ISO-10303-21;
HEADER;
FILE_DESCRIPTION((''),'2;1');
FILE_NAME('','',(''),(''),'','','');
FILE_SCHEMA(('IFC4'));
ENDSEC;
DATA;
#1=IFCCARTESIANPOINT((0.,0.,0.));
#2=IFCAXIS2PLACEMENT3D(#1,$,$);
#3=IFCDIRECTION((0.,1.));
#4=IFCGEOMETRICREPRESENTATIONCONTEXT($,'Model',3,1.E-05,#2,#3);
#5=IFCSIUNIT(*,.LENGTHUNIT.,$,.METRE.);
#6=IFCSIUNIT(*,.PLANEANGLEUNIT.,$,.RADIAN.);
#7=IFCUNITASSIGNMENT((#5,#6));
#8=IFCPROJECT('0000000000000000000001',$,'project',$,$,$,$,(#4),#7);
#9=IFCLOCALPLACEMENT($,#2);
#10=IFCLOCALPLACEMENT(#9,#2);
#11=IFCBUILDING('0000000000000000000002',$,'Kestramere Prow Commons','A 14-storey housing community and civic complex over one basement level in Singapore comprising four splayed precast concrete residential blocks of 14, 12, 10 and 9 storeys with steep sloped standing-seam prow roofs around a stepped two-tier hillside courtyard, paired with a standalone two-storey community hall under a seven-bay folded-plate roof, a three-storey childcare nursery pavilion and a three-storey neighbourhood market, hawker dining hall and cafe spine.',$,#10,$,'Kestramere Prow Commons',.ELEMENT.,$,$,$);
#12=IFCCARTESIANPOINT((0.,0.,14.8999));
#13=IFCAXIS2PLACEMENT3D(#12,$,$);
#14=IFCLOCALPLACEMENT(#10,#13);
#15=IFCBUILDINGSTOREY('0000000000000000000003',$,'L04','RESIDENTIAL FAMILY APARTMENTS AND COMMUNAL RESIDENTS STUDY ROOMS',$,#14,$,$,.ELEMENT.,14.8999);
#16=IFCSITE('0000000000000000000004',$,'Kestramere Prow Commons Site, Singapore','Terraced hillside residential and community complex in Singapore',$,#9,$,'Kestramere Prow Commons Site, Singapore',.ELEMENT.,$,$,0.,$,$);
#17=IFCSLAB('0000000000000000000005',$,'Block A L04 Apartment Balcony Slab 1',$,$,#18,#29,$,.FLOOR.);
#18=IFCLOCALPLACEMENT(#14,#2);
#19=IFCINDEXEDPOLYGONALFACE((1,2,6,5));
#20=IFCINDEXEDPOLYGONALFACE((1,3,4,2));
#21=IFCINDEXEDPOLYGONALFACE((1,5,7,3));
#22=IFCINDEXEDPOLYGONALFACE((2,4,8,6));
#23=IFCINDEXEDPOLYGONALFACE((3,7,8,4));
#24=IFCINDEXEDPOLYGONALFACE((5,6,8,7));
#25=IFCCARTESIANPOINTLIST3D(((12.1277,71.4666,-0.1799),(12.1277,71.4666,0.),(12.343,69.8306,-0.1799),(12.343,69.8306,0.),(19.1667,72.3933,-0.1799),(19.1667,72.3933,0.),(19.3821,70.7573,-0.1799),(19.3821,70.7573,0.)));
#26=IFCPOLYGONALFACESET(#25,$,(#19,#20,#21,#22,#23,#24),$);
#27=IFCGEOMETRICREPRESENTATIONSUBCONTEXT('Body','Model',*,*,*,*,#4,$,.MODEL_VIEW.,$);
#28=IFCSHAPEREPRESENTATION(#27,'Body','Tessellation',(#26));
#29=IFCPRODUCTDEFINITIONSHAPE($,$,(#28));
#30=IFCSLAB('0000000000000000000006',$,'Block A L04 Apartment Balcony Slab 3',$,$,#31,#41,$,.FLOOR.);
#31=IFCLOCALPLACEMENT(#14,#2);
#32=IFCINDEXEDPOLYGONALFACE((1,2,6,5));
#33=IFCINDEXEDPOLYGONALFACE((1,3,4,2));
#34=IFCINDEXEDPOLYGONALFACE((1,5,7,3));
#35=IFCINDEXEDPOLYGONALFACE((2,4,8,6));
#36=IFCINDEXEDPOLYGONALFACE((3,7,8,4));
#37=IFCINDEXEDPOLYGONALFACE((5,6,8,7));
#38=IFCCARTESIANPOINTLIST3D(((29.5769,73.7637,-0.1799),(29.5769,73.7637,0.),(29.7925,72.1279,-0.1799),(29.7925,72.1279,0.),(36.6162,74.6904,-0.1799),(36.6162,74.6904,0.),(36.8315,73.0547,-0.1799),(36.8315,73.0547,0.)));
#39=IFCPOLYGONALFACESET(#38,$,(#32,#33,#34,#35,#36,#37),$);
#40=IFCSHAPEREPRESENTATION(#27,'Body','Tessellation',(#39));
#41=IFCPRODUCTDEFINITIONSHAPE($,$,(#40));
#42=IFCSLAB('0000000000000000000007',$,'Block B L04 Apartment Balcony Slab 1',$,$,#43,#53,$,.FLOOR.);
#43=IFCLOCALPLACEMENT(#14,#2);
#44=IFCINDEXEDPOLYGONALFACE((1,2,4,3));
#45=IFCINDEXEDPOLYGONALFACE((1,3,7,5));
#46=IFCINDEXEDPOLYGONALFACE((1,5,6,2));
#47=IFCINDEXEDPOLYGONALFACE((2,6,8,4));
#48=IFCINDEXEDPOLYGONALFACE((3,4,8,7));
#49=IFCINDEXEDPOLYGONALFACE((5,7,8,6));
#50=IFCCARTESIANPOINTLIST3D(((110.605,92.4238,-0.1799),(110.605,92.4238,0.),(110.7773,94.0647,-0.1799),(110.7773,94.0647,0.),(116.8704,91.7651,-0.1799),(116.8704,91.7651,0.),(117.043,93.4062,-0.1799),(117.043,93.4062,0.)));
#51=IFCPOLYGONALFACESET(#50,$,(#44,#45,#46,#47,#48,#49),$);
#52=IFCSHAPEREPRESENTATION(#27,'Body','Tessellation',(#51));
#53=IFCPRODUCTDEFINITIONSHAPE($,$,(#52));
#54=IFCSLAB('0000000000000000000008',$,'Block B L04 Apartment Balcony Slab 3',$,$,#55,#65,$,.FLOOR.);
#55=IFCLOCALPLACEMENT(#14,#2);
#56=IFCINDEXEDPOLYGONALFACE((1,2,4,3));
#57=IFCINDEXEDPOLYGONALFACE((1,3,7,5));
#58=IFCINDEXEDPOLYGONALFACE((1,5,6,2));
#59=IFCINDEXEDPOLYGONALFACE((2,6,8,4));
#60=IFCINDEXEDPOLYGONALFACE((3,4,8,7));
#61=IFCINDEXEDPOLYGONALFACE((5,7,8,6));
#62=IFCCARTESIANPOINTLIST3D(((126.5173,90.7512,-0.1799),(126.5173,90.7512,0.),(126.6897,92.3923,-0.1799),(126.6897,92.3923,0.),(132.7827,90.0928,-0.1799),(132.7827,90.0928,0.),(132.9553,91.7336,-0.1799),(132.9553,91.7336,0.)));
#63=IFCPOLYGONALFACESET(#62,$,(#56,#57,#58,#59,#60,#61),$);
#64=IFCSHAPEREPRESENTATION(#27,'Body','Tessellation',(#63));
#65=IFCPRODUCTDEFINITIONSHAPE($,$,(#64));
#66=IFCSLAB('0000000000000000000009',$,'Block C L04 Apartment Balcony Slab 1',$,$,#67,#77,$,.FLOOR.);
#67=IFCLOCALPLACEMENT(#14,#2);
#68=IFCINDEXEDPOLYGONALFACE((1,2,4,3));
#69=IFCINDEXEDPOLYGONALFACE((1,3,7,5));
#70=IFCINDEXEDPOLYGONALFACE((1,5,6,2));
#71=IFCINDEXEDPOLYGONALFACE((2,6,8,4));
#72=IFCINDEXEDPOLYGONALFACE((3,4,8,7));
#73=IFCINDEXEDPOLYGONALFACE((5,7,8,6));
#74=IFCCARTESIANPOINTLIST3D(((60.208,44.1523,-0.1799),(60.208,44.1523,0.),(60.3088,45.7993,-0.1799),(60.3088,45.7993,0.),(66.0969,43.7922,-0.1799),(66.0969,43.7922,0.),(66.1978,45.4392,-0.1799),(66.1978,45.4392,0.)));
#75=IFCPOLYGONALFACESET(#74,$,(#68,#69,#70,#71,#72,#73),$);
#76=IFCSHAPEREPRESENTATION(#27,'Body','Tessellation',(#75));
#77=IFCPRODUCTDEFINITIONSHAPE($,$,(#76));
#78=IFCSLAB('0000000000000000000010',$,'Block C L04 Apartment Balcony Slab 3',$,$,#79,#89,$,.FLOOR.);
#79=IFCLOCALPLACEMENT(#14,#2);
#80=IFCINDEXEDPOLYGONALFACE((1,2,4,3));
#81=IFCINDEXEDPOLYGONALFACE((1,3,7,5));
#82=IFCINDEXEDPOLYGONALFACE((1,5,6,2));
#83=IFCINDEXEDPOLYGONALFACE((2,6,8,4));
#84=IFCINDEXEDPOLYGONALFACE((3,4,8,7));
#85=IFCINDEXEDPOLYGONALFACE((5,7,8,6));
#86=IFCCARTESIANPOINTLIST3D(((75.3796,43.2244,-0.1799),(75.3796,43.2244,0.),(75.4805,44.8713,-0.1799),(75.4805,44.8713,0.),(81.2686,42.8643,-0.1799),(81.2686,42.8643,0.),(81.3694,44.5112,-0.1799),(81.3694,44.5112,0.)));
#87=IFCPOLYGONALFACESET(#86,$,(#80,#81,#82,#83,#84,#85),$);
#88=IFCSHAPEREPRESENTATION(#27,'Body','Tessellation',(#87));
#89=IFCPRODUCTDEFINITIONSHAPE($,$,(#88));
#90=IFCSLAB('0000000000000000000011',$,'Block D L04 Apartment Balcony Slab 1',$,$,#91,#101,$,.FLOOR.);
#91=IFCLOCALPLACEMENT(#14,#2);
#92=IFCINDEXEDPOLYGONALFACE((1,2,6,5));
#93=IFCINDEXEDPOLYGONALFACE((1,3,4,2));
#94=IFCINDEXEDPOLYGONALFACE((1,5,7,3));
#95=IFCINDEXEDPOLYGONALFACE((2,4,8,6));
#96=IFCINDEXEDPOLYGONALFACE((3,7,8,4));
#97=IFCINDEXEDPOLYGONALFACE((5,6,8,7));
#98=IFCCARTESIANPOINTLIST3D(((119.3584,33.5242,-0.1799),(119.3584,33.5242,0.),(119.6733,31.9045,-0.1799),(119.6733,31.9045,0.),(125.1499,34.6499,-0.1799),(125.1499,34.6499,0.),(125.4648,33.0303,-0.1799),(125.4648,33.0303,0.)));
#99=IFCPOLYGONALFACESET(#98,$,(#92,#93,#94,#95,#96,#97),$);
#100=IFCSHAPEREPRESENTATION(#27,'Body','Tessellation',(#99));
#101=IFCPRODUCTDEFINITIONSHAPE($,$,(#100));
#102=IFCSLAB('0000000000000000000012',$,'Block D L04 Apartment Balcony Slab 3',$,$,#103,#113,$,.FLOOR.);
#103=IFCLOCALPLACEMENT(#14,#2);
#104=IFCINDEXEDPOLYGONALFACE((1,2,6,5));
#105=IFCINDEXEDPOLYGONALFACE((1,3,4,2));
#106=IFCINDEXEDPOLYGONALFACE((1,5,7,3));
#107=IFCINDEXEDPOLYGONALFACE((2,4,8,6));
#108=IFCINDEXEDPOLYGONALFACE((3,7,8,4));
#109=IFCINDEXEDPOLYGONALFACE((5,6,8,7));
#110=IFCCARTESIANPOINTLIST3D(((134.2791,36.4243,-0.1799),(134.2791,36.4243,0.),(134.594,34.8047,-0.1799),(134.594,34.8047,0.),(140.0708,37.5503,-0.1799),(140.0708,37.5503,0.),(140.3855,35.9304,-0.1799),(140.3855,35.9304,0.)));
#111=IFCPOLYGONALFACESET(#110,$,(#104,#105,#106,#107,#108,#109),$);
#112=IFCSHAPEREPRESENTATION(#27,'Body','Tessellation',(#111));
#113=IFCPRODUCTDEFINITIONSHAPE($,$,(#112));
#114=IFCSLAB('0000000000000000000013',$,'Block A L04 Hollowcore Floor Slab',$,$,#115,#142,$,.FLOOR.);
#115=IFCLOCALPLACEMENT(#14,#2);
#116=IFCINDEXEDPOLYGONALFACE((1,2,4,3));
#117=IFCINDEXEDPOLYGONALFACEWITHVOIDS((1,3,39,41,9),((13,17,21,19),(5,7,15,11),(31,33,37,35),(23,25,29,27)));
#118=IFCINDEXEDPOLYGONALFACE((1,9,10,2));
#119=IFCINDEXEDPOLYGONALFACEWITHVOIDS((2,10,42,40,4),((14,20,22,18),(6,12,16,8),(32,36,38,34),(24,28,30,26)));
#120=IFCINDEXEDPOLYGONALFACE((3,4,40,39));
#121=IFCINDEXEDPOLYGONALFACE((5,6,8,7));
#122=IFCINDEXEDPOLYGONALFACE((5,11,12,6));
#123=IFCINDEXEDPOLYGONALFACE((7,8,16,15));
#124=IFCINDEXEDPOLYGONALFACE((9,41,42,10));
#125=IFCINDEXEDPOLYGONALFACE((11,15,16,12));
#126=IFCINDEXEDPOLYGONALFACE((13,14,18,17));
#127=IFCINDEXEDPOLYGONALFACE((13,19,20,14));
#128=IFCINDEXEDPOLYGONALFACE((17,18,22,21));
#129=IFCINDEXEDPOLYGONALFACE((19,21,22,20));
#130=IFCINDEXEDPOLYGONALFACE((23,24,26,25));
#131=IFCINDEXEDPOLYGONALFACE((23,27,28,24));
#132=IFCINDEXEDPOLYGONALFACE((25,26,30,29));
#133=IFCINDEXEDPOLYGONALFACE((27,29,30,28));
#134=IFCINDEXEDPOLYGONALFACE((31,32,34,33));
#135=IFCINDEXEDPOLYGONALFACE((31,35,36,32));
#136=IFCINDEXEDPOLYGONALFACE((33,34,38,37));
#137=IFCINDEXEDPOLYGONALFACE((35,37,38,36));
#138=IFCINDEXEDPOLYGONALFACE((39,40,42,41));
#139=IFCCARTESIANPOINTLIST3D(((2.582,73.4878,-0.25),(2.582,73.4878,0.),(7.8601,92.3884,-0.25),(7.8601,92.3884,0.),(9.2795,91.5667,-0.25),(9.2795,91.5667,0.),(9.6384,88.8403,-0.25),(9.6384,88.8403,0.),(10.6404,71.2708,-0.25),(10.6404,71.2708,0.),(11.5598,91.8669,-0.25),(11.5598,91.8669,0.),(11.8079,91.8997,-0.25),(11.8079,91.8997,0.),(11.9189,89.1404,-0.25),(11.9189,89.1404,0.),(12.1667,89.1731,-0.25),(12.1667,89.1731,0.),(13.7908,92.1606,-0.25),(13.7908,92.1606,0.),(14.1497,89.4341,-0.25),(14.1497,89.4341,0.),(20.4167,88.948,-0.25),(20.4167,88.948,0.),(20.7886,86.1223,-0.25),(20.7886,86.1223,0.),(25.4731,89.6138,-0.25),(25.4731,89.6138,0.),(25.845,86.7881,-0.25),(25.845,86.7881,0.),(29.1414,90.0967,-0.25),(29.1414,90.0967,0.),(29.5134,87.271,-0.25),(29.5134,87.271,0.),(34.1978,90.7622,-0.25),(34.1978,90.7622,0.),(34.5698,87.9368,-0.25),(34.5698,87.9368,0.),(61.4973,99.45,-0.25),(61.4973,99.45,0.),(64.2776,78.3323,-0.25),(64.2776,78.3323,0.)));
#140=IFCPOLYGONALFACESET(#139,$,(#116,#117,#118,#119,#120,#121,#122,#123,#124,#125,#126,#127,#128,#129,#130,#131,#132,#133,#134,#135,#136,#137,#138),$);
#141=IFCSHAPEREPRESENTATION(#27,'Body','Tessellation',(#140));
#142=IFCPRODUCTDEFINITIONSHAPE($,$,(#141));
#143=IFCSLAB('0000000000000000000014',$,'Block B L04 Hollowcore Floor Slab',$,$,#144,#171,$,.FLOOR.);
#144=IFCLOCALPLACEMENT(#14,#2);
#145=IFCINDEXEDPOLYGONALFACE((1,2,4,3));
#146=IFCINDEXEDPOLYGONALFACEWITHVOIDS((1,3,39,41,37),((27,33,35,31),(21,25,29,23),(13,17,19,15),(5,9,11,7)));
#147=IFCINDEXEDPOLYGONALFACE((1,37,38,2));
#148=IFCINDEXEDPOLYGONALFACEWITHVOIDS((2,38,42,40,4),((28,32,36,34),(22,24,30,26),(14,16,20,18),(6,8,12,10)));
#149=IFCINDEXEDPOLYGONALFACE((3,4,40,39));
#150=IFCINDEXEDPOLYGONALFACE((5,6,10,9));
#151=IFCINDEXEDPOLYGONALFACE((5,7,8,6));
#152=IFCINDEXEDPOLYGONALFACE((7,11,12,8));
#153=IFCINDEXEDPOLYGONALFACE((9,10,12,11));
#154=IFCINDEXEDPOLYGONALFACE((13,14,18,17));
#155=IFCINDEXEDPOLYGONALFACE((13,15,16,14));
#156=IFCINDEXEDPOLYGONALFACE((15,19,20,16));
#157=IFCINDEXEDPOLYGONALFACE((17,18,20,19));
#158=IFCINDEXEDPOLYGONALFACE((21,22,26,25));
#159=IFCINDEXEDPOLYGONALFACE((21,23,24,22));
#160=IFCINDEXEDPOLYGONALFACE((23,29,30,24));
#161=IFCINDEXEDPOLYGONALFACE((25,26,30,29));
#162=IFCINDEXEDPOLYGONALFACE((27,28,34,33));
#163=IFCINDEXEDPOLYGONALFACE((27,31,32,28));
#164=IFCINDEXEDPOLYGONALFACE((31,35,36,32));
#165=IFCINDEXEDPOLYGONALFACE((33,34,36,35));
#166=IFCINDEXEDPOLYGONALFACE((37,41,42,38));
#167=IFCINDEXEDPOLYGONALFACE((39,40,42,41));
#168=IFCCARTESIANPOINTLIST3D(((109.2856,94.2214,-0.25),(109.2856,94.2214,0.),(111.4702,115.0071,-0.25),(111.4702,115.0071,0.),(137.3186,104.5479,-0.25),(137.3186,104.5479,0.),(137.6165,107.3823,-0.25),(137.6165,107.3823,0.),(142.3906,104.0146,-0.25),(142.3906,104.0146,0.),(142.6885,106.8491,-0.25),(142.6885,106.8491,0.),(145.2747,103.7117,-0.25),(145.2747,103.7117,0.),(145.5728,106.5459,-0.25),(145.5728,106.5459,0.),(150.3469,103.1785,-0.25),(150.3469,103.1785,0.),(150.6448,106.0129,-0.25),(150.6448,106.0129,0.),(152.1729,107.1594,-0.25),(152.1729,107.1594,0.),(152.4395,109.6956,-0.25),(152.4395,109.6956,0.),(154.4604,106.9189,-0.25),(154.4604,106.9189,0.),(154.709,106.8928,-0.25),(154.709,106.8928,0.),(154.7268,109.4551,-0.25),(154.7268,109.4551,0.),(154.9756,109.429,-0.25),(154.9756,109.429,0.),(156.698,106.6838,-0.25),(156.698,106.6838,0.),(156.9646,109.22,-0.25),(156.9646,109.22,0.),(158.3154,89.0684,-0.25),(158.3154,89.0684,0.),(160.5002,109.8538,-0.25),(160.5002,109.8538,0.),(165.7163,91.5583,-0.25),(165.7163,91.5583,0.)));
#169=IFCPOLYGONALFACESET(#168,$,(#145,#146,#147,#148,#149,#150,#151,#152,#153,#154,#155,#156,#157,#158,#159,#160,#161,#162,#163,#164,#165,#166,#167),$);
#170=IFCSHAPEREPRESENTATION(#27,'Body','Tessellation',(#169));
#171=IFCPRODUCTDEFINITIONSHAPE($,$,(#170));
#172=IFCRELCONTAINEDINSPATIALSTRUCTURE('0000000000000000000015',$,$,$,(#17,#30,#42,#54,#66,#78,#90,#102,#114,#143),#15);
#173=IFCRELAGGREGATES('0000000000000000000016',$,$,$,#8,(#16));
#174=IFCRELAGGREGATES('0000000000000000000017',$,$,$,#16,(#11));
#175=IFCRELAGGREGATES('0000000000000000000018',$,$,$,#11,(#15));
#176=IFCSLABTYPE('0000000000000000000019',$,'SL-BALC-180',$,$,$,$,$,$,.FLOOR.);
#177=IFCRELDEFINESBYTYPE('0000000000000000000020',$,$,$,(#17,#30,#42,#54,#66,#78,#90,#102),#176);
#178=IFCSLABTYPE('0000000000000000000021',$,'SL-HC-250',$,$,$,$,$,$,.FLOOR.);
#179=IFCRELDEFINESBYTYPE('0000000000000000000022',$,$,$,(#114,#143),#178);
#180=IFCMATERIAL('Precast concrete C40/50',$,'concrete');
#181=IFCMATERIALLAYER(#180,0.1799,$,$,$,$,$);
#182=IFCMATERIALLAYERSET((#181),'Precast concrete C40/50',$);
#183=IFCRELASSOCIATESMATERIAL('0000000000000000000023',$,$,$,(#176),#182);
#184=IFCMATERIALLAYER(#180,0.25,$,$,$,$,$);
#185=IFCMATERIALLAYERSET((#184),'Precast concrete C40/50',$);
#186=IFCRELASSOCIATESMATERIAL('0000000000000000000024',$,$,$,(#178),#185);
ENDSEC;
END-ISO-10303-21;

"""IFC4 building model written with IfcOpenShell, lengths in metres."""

from ifc_helpers import new_model, si_unit, direction, frame, origin, place, context, subcontext, project, spatial, polyline, outline, extrude, material, layer, layer_set, type_object, element, save


model = new_model("IFC4")

# Units and contexts
model_context = context("Model", 3, precision=1e-05, world=origin(), true_north=direction((0.0, 1.0)))
body_context = subcontext(model_context, "Body", "Model", "MODEL_VIEW")
ifc_project = project(units=[si_unit("LENGTHUNIT", "METRE"), si_unit("PLANEANGLEUNIT", "RADIAN")], contexts=[model_context])

# Site, building, storey
site_placement = place(None, origin())
site = spatial("IfcSite", under=ifc_project, at=site_placement, Name="Kestramere Prow Commons Site, Singapore", Description="Terraced hillside residential and community complex in Singapore", LongName="Kestramere Prow Commons Site, Singapore", CompositionType="ELEMENT", RefElevation=0.0)
building_placement = place(site_placement, origin())
building = spatial("IfcBuilding", under=site, at=building_placement, Name="Kestramere Prow Commons", Description="A 14-storey housing community and civic complex over one basement level in Singapore comprising four splayed precast concrete residential blocks of 14, 12, 10 and 9 storeys with steep sloped standing-seam prow roofs around a stepped two-tier hillside courtyard, paired with a standalone two-storey community hall under a seven-bay folded-plate roof, a three-storey childcare nursery pavilion and a three-storey neighbourhood market, hawker dining hall and cafe spine.", LongName="Kestramere Prow Commons", CompositionType="ELEMENT")
storey_placement = place(building_placement, frame((0.0, 0.0, 14.8999)))
storey = spatial("IfcBuildingStorey", under=building, at=storey_placement, Name="L04", Description="RESIDENTIAL FAMILY APARTMENTS AND COMMUNAL RESIDENTS STUDY ROOMS", CompositionType="ELEMENT", Elevation=14.8999)

# Slabs
ifc_material_1 = material(Name="Precast concrete C40/50", Category="concrete")
ifc_layer_1 = layer(ifc_material_1, 0.1799)
ifc_layer_set_1 = layer_set([ifc_layer_1], Name="Precast concrete C40/50")
slab_type_1 = type_object("IfcSlabType", Name="SL-BALC-180", PredefinedType="FLOOR", material=ifc_layer_set_1)
slab_1_placement = place(storey_placement, frame((0.0, 0.0, -0.1799)))
element("IfcSlab", 1, at=slab_1_placement, inside=storey, type_object=slab_type_1, Name="Block A L04 Apartment Balcony Slab 1", PredefinedType="FLOOR", context=body_context, shape_type="SweptSolid", body=[
    extrude(outline(polyline([(12.343, 69.8306), (19.3821, 70.7573), (19.1667, 72.3933), (12.1277, 71.4666), (12.343, 69.8306)])), origin(), (0.0, 0.0, 1.0), 0.1799),
])
slab_2_placement = place(storey_placement, frame((0.0, 0.0, -0.1799)))
element("IfcSlab", 2, at=slab_2_placement, inside=storey, type_object=slab_type_1, Name="Block A L04 Apartment Balcony Slab 3", PredefinedType="FLOOR", context=body_context, shape_type="SweptSolid", body=[
    extrude(outline(polyline([(29.7925, 72.1279), (36.8315, 73.0547), (36.6162, 74.6904), (29.5769, 73.7637), (29.7925, 72.1279)])), origin(), (0.0, 0.0, 1.0), 0.1799),
])
slab_3_placement = place(storey_placement, frame((0.0, 0.0, -0.1799)))
element("IfcSlab", 3, at=slab_3_placement, inside=storey, type_object=slab_type_1, Name="Block B L04 Apartment Balcony Slab 1", PredefinedType="FLOOR", context=body_context, shape_type="SweptSolid", body=[
    extrude(outline(polyline([(110.605, 92.4238), (116.8704, 91.7651), (117.043, 93.4062), (110.7773, 94.0647), (110.605, 92.4238)])), origin(), (0.0, 0.0, 1.0), 0.1799),
])
slab_4_placement = place(storey_placement, frame((0.0, 0.0, -0.1799)))
element("IfcSlab", 4, at=slab_4_placement, inside=storey, type_object=slab_type_1, Name="Block B L04 Apartment Balcony Slab 3", PredefinedType="FLOOR", context=body_context, shape_type="SweptSolid", body=[
    extrude(outline(polyline([(126.5173, 90.7512), (132.7827, 90.0928), (132.9553, 91.7336), (126.6897, 92.3923), (126.5173, 90.7512)])), origin(), (0.0, 0.0, 1.0), 0.1799),
])
slab_5_placement = place(storey_placement, frame((0.0, 0.0, -0.1799)))
element("IfcSlab", 5, at=slab_5_placement, inside=storey, type_object=slab_type_1, Name="Block C L04 Apartment Balcony Slab 1", PredefinedType="FLOOR", context=body_context, shape_type="SweptSolid", body=[
    extrude(outline(polyline([(60.208, 44.1523), (66.0969, 43.7922), (66.1978, 45.4392), (60.3088, 45.7993), (60.208, 44.1523)])), origin(), (0.0, 0.0, 1.0), 0.1799),
])
slab_6_placement = place(storey_placement, frame((0.0, 0.0, -0.1799)))
element("IfcSlab", 6, at=slab_6_placement, inside=storey, type_object=slab_type_1, Name="Block C L04 Apartment Balcony Slab 3", PredefinedType="FLOOR", context=body_context, shape_type="SweptSolid", body=[
    extrude(outline(polyline([(75.3796, 43.2244), (81.2686, 42.8643), (81.3694, 44.5112), (75.4805, 44.8713), (75.3796, 43.2244)])), origin(), (0.0, 0.0, 1.0), 0.1799),
])
slab_7_placement = place(storey_placement, frame((0.0, 0.0, -0.1799)))
element("IfcSlab", 7, at=slab_7_placement, inside=storey, type_object=slab_type_1, Name="Block D L04 Apartment Balcony Slab 1", PredefinedType="FLOOR", context=body_context, shape_type="SweptSolid", body=[
    extrude(outline(polyline([(119.6733, 31.9045), (125.4648, 33.0303), (125.1499, 34.6499), (119.3584, 33.5242), (119.6733, 31.9045)])), origin(), (0.0, 0.0, 1.0), 0.1799),
])
slab_8_placement = place(storey_placement, frame((0.0, 0.0, -0.1799)))
element("IfcSlab", 8, at=slab_8_placement, inside=storey, type_object=slab_type_1, Name="Block D L04 Apartment Balcony Slab 3", PredefinedType="FLOOR", context=body_context, shape_type="SweptSolid", body=[
    extrude(outline(polyline([(134.594, 34.8047), (140.3855, 35.9304), (140.0708, 37.5503), (134.2791, 36.4243), (134.594, 34.8047)])), origin(), (0.0, 0.0, 1.0), 0.1799),
])
ifc_layer_2 = layer(ifc_material_1, 0.25)
ifc_layer_set_2 = layer_set([ifc_layer_2], Name="Precast concrete C40/50")
slab_type_2 = type_object("IfcSlabType", Name="SL-HC-250", PredefinedType="FLOOR", material=ifc_layer_set_2)
slab_9_placement = place(storey_placement, frame((0.0, 0.0, -0.25)))
element("IfcSlab", 9, at=slab_9_placement, inside=storey, type_object=slab_type_2, Name="Block A L04 Hollowcore Floor Slab", PredefinedType="FLOOR", context=body_context, shape_type="SweptSolid", body=[
    extrude(outline(polyline([(2.582, 73.4878), (10.6404, 71.2708), (64.2776, 78.3323), (61.4973, 99.45), (7.8601, 92.3884), (2.582, 73.4878)]), holes=[polyline([(9.6384, 88.8403), (11.9189, 89.1404), (11.5598, 91.8669), (9.2795, 91.5667), (9.6384, 88.8403)]), polyline([(12.1667, 89.1731), (14.1497, 89.4341), (13.7908, 92.1606), (11.8079, 91.8997), (12.1667, 89.1731)]), polyline([(20.7886, 86.1223), (25.845, 86.7881), (25.4731, 89.6138), (20.4167, 88.948), (20.7886, 86.1223)]), polyline([(29.5134, 87.271), (34.5698, 87.9368), (34.1978, 90.7622), (29.1414, 90.0967), (29.5134, 87.271)])]), origin(), (0.0, 0.0, 1.0), 0.25),
])
slab_10_placement = place(storey_placement, frame((0.0, 0.0, -0.25)))
element("IfcSlab", 10, at=slab_10_placement, inside=storey, type_object=slab_type_2, Name="Block B L04 Hollowcore Floor Slab", PredefinedType="FLOOR", context=body_context, shape_type="SweptSolid", body=[
    extrude(outline(polyline([(109.2856, 94.2214), (158.3154, 89.0684), (165.7163, 91.5583), (160.5002, 109.8538), (111.4702, 115.0071), (109.2856, 94.2214)]), holes=[polyline([(152.1729, 107.1594), (154.4604, 106.9189), (154.7268, 109.4551), (152.4395, 109.6956), (152.1729, 107.1594)]), polyline([(154.709, 106.8928), (156.698, 106.6838), (156.9646, 109.22), (154.9756, 109.429), (154.709, 106.8928)]), polyline([(137.3186, 104.5479), (142.3906, 104.0146), (142.6885, 106.8491), (137.6165, 107.3823), (137.3186, 104.5479)]), polyline([(145.2747, 103.7117), (150.3469, 103.1785), (150.6448, 106.0129), (145.5728, 106.5459), (145.2747, 103.7117)])]), origin(), (0.0, 0.0, 1.0), 0.25),
])

save(model, "model.ifc")
